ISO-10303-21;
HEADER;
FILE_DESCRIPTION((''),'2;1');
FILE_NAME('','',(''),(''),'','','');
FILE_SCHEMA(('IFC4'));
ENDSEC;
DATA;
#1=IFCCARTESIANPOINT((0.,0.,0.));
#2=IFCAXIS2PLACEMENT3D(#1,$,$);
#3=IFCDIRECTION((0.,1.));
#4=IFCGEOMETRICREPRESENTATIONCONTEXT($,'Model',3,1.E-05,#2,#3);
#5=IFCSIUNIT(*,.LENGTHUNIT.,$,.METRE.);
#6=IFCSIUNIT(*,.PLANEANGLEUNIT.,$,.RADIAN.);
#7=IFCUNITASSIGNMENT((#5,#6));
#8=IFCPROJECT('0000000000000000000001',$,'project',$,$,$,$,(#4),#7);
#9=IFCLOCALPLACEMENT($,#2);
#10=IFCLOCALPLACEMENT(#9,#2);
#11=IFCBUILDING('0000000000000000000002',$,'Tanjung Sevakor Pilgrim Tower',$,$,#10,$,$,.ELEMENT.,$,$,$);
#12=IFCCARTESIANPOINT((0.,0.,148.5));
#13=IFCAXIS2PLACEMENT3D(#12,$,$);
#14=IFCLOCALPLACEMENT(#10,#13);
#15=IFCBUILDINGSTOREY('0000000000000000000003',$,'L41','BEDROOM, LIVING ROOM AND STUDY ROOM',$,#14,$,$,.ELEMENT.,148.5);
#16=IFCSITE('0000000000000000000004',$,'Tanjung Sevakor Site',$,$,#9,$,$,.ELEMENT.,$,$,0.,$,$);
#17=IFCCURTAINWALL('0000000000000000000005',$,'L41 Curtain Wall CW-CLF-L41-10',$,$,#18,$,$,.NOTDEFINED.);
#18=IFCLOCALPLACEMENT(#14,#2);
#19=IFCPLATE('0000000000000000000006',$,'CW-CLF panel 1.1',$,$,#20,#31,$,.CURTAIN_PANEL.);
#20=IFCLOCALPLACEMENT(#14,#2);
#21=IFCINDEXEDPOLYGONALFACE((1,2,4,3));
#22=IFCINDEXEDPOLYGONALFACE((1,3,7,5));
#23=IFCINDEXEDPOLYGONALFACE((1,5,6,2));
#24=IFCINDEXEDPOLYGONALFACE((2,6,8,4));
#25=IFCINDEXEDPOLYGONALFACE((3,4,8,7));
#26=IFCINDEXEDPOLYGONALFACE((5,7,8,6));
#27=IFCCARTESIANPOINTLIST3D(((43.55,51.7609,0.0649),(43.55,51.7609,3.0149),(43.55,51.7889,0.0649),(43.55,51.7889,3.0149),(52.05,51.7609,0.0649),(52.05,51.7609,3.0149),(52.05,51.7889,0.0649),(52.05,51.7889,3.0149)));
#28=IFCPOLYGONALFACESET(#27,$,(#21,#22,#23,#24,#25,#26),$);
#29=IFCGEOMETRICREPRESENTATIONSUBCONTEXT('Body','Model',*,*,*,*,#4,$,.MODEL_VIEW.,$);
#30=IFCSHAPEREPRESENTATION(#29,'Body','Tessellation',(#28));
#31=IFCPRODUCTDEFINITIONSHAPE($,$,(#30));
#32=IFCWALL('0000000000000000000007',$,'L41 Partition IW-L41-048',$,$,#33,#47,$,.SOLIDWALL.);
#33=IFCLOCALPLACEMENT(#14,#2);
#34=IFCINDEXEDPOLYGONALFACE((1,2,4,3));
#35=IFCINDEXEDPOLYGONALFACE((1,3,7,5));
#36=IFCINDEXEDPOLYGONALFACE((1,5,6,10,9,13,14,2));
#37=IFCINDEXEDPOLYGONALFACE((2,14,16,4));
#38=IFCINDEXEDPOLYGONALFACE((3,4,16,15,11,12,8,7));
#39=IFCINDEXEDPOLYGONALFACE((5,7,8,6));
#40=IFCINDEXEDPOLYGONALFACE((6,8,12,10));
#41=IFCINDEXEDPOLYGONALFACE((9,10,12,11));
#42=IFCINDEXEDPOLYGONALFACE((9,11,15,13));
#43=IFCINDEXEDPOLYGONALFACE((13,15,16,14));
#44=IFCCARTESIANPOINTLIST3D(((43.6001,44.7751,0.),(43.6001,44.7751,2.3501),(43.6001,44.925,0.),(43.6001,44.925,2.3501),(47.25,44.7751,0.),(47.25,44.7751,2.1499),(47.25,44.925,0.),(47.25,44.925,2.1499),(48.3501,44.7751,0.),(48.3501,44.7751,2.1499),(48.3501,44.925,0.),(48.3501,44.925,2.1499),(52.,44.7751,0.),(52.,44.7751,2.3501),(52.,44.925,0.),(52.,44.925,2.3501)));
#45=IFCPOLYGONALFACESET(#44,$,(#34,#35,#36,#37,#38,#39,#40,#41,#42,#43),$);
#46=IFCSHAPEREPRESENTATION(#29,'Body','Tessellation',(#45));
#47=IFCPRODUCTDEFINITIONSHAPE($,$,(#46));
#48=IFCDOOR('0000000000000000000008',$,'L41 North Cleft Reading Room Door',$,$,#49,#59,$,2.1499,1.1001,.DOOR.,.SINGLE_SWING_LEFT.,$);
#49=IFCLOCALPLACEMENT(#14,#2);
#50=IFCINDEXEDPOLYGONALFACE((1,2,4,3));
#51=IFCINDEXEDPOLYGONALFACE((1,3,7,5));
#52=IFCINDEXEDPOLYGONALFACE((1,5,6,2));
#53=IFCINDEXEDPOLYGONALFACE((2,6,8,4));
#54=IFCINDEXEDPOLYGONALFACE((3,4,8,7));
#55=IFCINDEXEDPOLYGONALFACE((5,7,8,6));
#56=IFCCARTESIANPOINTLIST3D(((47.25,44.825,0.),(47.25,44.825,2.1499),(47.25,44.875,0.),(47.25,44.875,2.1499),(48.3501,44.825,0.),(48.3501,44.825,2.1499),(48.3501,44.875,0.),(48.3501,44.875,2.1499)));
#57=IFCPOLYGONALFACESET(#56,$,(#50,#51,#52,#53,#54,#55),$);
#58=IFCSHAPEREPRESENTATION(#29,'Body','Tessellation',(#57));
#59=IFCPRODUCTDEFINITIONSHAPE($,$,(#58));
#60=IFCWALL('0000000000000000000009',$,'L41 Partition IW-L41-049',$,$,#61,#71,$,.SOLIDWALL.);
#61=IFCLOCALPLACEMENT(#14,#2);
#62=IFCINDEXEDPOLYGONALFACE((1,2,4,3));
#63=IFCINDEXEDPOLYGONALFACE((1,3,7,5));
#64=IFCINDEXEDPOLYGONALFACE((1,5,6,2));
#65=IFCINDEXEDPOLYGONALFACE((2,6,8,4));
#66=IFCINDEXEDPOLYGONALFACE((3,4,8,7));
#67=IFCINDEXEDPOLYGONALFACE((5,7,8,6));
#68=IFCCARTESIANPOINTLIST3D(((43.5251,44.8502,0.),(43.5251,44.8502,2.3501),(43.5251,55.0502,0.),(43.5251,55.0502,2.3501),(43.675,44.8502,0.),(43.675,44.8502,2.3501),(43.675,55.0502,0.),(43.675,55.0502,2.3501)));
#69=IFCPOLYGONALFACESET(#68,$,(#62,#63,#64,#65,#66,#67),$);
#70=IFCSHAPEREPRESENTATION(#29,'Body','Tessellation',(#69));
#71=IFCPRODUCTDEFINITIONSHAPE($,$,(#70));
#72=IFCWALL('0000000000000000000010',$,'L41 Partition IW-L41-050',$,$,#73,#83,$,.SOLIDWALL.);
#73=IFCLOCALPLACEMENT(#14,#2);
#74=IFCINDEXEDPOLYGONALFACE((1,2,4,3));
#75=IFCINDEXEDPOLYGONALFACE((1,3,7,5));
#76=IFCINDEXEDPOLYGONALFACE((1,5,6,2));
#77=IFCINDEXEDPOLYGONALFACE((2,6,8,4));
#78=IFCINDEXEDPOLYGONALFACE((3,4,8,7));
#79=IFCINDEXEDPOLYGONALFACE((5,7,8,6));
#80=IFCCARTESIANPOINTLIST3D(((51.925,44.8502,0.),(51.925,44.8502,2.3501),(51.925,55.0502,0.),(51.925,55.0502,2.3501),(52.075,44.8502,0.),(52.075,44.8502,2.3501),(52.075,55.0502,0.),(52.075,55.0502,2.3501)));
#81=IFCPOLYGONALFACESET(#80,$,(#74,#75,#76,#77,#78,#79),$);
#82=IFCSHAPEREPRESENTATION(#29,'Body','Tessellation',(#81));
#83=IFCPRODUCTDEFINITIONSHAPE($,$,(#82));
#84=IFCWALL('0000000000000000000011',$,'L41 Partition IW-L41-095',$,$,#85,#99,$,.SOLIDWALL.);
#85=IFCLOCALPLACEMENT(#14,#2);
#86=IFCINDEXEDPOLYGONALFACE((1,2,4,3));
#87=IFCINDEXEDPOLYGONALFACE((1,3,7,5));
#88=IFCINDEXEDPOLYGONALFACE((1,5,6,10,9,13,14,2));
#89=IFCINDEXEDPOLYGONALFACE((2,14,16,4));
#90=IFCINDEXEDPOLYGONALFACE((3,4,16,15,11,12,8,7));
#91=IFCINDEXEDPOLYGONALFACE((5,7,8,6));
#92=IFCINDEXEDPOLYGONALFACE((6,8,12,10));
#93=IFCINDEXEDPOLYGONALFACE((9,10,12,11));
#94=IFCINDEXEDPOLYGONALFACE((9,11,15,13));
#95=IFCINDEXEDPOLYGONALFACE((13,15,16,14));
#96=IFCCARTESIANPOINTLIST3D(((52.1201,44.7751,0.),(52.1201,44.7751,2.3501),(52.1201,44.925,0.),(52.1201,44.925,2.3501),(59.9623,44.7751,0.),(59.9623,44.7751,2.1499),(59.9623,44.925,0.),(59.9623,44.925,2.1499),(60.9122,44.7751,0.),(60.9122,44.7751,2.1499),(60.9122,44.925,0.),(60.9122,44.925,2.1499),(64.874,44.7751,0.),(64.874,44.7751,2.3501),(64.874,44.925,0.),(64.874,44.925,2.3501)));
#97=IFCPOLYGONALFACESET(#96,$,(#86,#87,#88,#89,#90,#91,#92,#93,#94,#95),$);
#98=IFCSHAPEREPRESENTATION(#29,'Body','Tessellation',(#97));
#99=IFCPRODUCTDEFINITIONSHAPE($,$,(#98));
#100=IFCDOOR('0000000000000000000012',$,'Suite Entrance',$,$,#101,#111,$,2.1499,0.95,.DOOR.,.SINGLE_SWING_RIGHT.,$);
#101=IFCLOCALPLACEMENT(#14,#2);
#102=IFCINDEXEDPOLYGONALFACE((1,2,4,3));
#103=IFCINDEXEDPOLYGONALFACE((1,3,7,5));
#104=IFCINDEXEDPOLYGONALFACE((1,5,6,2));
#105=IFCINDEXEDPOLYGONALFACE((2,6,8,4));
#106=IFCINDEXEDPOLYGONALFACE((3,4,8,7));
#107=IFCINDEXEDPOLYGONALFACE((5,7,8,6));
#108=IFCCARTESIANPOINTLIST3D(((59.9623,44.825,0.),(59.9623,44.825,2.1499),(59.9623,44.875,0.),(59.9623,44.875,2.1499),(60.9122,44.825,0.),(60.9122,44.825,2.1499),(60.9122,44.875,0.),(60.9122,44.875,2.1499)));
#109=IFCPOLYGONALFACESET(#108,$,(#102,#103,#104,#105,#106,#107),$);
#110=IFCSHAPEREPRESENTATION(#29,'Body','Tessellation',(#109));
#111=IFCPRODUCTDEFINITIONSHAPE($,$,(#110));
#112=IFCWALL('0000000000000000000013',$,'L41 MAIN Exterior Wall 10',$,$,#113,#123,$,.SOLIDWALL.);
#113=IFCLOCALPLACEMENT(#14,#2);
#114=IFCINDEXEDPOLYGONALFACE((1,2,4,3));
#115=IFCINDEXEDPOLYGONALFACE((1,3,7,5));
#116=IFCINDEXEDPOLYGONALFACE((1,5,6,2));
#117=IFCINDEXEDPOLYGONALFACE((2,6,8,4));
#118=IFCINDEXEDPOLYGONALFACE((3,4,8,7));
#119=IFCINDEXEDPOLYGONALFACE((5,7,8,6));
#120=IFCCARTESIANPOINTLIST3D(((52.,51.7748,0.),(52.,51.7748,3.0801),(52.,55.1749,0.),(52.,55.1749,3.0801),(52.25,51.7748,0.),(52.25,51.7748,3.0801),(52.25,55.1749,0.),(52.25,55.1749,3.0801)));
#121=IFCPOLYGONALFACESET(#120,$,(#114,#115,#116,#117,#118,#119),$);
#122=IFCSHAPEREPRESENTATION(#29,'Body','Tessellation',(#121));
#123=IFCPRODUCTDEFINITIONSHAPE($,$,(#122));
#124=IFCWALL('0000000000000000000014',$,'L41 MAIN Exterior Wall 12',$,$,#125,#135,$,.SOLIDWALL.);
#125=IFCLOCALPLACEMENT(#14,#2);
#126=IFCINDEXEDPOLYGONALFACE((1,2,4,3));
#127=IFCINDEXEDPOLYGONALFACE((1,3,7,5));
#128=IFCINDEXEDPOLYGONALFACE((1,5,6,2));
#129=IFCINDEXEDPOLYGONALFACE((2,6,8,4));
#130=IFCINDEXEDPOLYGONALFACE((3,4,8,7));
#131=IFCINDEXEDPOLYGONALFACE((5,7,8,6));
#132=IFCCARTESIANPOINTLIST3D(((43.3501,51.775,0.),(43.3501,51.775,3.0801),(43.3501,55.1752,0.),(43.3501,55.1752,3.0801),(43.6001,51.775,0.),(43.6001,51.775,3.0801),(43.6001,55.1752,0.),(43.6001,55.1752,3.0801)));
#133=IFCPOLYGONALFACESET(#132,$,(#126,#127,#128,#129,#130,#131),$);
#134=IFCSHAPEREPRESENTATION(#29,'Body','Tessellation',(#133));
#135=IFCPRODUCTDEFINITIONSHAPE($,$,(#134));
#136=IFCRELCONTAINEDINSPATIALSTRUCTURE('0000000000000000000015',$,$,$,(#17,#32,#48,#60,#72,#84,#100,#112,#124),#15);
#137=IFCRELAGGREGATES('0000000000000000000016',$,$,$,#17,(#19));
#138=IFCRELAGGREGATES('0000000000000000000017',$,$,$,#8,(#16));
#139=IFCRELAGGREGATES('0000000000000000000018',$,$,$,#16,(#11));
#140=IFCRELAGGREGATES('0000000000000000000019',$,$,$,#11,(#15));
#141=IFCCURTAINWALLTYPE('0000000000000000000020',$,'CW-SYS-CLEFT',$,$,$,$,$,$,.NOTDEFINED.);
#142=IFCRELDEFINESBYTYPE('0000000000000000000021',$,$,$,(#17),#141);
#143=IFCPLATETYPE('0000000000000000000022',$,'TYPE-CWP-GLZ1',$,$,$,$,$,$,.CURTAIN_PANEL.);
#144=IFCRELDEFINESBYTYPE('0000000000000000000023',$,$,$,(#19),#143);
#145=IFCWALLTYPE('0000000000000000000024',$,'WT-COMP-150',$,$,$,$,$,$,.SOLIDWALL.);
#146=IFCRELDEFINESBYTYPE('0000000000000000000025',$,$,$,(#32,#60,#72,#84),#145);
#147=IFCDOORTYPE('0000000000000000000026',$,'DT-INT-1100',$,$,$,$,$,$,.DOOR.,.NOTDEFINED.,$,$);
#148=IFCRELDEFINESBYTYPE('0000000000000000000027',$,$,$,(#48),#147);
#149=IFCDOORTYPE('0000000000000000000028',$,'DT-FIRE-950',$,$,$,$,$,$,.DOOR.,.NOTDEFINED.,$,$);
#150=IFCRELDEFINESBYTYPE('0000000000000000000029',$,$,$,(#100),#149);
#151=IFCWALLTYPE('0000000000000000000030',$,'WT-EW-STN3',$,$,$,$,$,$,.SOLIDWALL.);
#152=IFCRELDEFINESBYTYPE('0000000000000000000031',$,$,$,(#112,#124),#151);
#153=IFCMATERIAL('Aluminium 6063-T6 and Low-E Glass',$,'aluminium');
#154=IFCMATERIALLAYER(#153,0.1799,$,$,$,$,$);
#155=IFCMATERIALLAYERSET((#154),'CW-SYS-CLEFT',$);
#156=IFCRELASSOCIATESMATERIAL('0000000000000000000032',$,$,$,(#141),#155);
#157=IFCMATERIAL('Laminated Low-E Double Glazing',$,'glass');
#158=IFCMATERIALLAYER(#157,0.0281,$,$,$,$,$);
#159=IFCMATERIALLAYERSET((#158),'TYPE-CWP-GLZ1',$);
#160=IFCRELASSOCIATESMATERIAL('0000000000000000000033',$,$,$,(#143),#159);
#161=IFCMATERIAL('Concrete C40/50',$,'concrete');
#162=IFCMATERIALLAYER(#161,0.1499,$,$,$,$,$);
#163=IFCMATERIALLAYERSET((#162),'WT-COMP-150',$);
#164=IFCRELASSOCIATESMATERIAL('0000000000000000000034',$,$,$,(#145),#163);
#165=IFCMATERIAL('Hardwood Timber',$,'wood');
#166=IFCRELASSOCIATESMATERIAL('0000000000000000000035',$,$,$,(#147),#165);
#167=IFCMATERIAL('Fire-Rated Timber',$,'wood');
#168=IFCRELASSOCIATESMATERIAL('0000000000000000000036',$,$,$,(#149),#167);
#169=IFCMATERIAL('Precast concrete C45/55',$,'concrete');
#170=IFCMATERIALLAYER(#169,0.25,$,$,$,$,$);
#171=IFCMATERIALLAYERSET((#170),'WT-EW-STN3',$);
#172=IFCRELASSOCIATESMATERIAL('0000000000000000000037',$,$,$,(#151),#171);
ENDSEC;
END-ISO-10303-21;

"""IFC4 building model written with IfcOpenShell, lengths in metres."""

from ifc_helpers import new_model, si_unit, direction, frame, frame_2d, origin, origin_2d, place, context, subcontext, project, spatial, rectangle, extrude, material, layer, layer_set, type_object, element, fill, aggregate, save


model = new_model("IFC4")

# Units and contexts
model_context = context("Model", 3, precision=1e-05, world=origin(), true_north=direction((0.0, 1.0)))
body_context = subcontext(model_context, "Body", "Model", "MODEL_VIEW")
ifc_project = project(units=[si_unit("LENGTHUNIT", "METRE"), si_unit("PLANEANGLEUNIT", "RADIAN")], contexts=[model_context])

# Site, building, storey
site_placement = place(None, origin())
site = spatial("IfcSite", under=ifc_project, at=site_placement, Name="Tanjung Sevakor Site", CompositionType="ELEMENT", RefElevation=0.0)
building_placement = place(site_placement, origin())
building = spatial("IfcBuilding", under=site, at=building_placement, Name="Tanjung Sevakor Pilgrim Tower", CompositionType="ELEMENT")
storey_placement = place(building_placement, frame((0.0, 0.0, 148.5)))
storey = spatial("IfcBuildingStorey", under=building, at=storey_placement, Name="L41", Description="BEDROOM, LIVING ROOM AND STUDY ROOM", CompositionType="ELEMENT", Elevation=148.5)

# Curtain wall, plate
ifc_material_1 = material(Name="Aluminium 6063-T6 and Low-E Glass", Category="aluminium")
ifc_layer_1 = layer(ifc_material_1, 0.1799)
ifc_layer_set_1 = layer_set([ifc_layer_1], Name="CW-SYS-CLEFT")
curtain_wall_type = type_object("IfcCurtainWallType", Name="CW-SYS-CLEFT", PredefinedType="NOTDEFINED", material=ifc_layer_set_1)
curtain_wall_placement = place(storey_placement, origin())
curtain_wall = element("IfcCurtainWall", 1, at=curtain_wall_placement, inside=storey, type_object=curtain_wall_type, Name="L41 Curtain Wall CW-CLF-L41-10", PredefinedType="NOTDEFINED")
ifc_material_2 = material(Name="Laminated Low-E Double Glazing", Category="glass")
ifc_layer_2 = layer(ifc_material_2, 0.0281)
ifc_layer_set_2 = layer_set([ifc_layer_2], Name="TYPE-CWP-GLZ1")
plate_type = type_object("IfcPlateType", Name="TYPE-CWP-GLZ1", PredefinedType="CURTAIN_PANEL", material=ifc_layer_set_2)
plate_placement = place(storey_placement, frame((47.8, 51.7749, 0.0649), z_axis=(0.0, 0.0, 1.0), x_axis=(-1.0, 0.0, 0.0)))
plate = element("IfcPlate", 2, at=plate_placement, type_object=plate_type, Name="CW-CLF panel 1.1", PredefinedType="CURTAIN_PANEL", context=body_context, shape_type="SweptSolid", body=[
    extrude(rectangle(XDim=8.5, YDim=0.0281, at=origin_2d()), origin(), (0.0, 0.0, 1.0), 2.95),
])
aggregate(curtain_wall, [plate])

# Wall, opening, door
ifc_material_3 = material(Name="Concrete C40/50", Category="concrete")
ifc_layer_3 = layer(ifc_material_3, 0.1499)
ifc_layer_set_3 = layer_set([ifc_layer_3], Name="WT-COMP-150")
wall_type_1 = type_object("IfcWallType", Name="WT-COMP-150", PredefinedType="SOLIDWALL", material=ifc_layer_set_3)
wall_1_placement = place(storey_placement, frame((43.6001, 44.8501, 0.0), z_axis=(0.0, 0.0, 1.0), x_axis=(1.0, 0.0, 0.0)))
wall_1 = element("IfcWall", 3, at=wall_1_placement, inside=storey, type_object=wall_type_1, Name="L41 Partition IW-L41-048", PredefinedType="SOLIDWALL", context=body_context, shape_type="SweptSolid", body=[
    extrude(rectangle(XDim=8.3999, YDim=0.1499, at=frame_2d((4.2, 0.0))), origin(), (0.0, 0.0, 1.0), 2.3501),
])
opening_1_placement = place(wall_1_placement, frame((3.6499, 0.0, 0.0)))
opening_1 = element("IfcOpeningElement", 4, at=opening_1_placement, cuts=wall_1, PredefinedType="OPENING", context=body_context, shape_type="SweptSolid", body=[
    extrude(rectangle(XDim=1.1001, YDim=2.1499, at=frame_2d((0.55, 1.075))), frame((0.0, 0.085, 0.0), z_axis=(0.0, -1.0, 0.0), x_axis=(1.0, 0.0, 0.0)), (0.0, 0.0, 1.0), 0.1699),
])
ifc_material_4 = material(Name="Hardwood Timber", Category="wood")
door_type_1 = type_object("IfcDoorType", Name="DT-INT-1100", OperationType="NOTDEFINED", PredefinedType="DOOR", material=ifc_material_4)
door_1_placement = place(opening_1_placement, origin())
door_1 = element("IfcDoor", 5, at=door_1_placement, inside=storey, type_object=door_type_1, Name="L41 North Cleft Reading Room Door", OperationType="SINGLE_SWING_LEFT", OverallHeight=2.1499, OverallWidth=1.1001, PredefinedType="DOOR", context=body_context, shape_type="SweptSolid", body=[
    extrude(rectangle(XDim=1.1001, YDim=2.1499, at=frame_2d((0.55, 1.075))), frame((0.0, 0.0249, 0.0), z_axis=(0.0, -1.0, 0.0), x_axis=(1.0, 0.0, 0.0)), (0.0, 0.0, 1.0), 0.05),
])
fill(opening_1, door_1)

# Walls
for number, where, z_axis, x_axis, name in (
    (6, (43.6001, 44.8501, 0.0), (0.0, 0.0, 1.0), (0.0, 1.0, 0.0), "L41 Partition IW-L41-049"),
    (7, (52.0, 44.8501, 0.0), (0.0, 0.0, 1.0), (0.0, 1.0, 0.0), "L41 Partition IW-L41-050"),
):
    element("IfcWall", number, at=place(storey_placement, frame(where, z_axis=z_axis, x_axis=x_axis)), inside=storey, type_object=wall_type_1, Name=name, PredefinedType="SOLIDWALL", context=body_context, shape_type="SweptSolid", body=[
        extrude(rectangle(XDim=10.2, YDim=0.1499, at=frame_2d((5.1001, 0.0))), origin(), (0.0, 0.0, 1.0), 2.3501),
    ])

# Wall, opening, door
wall_2_placement = place(storey_placement, frame((52.1201, 44.8501, 0.0), z_axis=(0.0, 0.0, 1.0), x_axis=(1.0, 0.0, 0.0)))
wall_2 = element("IfcWall", 8, at=wall_2_placement, inside=storey, type_object=wall_type_1, Name="L41 Partition IW-L41-095", PredefinedType="SOLIDWALL", context=body_context, shape_type="SweptSolid", body=[
    extrude(rectangle(XDim=12.7539, YDim=0.1499, at=frame_2d((6.377, 0.0))), origin(), (0.0, 0.0, 1.0), 2.3501),
])
opening_2_placement = place(wall_2_placement, frame((7.842, 0.0, 0.0)))
opening_2 = element("IfcOpeningElement", 9, at=opening_2_placement, cuts=wall_2, PredefinedType="OPENING", context=body_context, shape_type="SweptSolid", body=[
    extrude(rectangle(XDim=0.95, YDim=2.1499, at=frame_2d((0.4751, 1.075))), frame((0.0, 0.085, 0.0), z_axis=(0.0, -1.0, 0.0), x_axis=(1.0, 0.0, 0.0)), (0.0, 0.0, 1.0), 0.1699),
])
ifc_material_5 = material(Name="Fire-Rated Timber", Category="wood")
door_type_2 = type_object("IfcDoorType", Name="DT-FIRE-950", OperationType="NOTDEFINED", PredefinedType="DOOR", material=ifc_material_5)
door_2_placement = place(opening_2_placement, origin())
door_2 = element("IfcDoor", 10, at=door_2_placement, inside=storey, type_object=door_type_2, Name="Suite Entrance", OperationType="SINGLE_SWING_RIGHT", OverallHeight=2.1499, OverallWidth=0.95, PredefinedType="DOOR", context=body_context, shape_type="SweptSolid", body=[
    extrude(rectangle(XDim=0.95, YDim=2.1499, at=frame_2d((0.4751, 1.075))), frame((0.0, 0.0249, 0.0), z_axis=(0.0, -1.0, 0.0), x_axis=(1.0, 0.0, 0.0)), (0.0, 0.0, 1.0), 0.05),
])
fill(opening_2, door_2)

# Walls
ifc_material_6 = material(Name="Precast concrete C45/55", Category="concrete")
ifc_layer_4 = layer(ifc_material_6, 0.25)
ifc_layer_set_4 = layer_set([ifc_layer_4], Name="WT-EW-STN3")
wall_type_2 = type_object("IfcWallType", Name="WT-EW-STN3", PredefinedType="SOLIDWALL", material=ifc_layer_set_4)
for number, where, z_axis, x_axis, name in (
    (11, (52.125, 55.175, 0.0), (0.0, 0.0, 1.0), (0.0, -1.0, 0.0), "L41 MAIN Exterior Wall 10"),
    (12, (43.4751, 51.7749, 0.0), (0.0, 0.0, 1.0), (0.0, 1.0, 0.0), "L41 MAIN Exterior Wall 12"),
):
    element("IfcWall", number, at=place(storey_placement, frame(where, z_axis=z_axis, x_axis=x_axis)), inside=storey, type_object=wall_type_2, Name=name, PredefinedType="SOLIDWALL", context=body_context, shape_type="SweptSolid", body=[
        extrude(rectangle(XDim=3.4001, YDim=0.25, at=frame_2d((1.7002, 0.0))), origin(), (0.0, 0.0, 1.0), 3.0801),
    ])

save(model, "model.ifc")
